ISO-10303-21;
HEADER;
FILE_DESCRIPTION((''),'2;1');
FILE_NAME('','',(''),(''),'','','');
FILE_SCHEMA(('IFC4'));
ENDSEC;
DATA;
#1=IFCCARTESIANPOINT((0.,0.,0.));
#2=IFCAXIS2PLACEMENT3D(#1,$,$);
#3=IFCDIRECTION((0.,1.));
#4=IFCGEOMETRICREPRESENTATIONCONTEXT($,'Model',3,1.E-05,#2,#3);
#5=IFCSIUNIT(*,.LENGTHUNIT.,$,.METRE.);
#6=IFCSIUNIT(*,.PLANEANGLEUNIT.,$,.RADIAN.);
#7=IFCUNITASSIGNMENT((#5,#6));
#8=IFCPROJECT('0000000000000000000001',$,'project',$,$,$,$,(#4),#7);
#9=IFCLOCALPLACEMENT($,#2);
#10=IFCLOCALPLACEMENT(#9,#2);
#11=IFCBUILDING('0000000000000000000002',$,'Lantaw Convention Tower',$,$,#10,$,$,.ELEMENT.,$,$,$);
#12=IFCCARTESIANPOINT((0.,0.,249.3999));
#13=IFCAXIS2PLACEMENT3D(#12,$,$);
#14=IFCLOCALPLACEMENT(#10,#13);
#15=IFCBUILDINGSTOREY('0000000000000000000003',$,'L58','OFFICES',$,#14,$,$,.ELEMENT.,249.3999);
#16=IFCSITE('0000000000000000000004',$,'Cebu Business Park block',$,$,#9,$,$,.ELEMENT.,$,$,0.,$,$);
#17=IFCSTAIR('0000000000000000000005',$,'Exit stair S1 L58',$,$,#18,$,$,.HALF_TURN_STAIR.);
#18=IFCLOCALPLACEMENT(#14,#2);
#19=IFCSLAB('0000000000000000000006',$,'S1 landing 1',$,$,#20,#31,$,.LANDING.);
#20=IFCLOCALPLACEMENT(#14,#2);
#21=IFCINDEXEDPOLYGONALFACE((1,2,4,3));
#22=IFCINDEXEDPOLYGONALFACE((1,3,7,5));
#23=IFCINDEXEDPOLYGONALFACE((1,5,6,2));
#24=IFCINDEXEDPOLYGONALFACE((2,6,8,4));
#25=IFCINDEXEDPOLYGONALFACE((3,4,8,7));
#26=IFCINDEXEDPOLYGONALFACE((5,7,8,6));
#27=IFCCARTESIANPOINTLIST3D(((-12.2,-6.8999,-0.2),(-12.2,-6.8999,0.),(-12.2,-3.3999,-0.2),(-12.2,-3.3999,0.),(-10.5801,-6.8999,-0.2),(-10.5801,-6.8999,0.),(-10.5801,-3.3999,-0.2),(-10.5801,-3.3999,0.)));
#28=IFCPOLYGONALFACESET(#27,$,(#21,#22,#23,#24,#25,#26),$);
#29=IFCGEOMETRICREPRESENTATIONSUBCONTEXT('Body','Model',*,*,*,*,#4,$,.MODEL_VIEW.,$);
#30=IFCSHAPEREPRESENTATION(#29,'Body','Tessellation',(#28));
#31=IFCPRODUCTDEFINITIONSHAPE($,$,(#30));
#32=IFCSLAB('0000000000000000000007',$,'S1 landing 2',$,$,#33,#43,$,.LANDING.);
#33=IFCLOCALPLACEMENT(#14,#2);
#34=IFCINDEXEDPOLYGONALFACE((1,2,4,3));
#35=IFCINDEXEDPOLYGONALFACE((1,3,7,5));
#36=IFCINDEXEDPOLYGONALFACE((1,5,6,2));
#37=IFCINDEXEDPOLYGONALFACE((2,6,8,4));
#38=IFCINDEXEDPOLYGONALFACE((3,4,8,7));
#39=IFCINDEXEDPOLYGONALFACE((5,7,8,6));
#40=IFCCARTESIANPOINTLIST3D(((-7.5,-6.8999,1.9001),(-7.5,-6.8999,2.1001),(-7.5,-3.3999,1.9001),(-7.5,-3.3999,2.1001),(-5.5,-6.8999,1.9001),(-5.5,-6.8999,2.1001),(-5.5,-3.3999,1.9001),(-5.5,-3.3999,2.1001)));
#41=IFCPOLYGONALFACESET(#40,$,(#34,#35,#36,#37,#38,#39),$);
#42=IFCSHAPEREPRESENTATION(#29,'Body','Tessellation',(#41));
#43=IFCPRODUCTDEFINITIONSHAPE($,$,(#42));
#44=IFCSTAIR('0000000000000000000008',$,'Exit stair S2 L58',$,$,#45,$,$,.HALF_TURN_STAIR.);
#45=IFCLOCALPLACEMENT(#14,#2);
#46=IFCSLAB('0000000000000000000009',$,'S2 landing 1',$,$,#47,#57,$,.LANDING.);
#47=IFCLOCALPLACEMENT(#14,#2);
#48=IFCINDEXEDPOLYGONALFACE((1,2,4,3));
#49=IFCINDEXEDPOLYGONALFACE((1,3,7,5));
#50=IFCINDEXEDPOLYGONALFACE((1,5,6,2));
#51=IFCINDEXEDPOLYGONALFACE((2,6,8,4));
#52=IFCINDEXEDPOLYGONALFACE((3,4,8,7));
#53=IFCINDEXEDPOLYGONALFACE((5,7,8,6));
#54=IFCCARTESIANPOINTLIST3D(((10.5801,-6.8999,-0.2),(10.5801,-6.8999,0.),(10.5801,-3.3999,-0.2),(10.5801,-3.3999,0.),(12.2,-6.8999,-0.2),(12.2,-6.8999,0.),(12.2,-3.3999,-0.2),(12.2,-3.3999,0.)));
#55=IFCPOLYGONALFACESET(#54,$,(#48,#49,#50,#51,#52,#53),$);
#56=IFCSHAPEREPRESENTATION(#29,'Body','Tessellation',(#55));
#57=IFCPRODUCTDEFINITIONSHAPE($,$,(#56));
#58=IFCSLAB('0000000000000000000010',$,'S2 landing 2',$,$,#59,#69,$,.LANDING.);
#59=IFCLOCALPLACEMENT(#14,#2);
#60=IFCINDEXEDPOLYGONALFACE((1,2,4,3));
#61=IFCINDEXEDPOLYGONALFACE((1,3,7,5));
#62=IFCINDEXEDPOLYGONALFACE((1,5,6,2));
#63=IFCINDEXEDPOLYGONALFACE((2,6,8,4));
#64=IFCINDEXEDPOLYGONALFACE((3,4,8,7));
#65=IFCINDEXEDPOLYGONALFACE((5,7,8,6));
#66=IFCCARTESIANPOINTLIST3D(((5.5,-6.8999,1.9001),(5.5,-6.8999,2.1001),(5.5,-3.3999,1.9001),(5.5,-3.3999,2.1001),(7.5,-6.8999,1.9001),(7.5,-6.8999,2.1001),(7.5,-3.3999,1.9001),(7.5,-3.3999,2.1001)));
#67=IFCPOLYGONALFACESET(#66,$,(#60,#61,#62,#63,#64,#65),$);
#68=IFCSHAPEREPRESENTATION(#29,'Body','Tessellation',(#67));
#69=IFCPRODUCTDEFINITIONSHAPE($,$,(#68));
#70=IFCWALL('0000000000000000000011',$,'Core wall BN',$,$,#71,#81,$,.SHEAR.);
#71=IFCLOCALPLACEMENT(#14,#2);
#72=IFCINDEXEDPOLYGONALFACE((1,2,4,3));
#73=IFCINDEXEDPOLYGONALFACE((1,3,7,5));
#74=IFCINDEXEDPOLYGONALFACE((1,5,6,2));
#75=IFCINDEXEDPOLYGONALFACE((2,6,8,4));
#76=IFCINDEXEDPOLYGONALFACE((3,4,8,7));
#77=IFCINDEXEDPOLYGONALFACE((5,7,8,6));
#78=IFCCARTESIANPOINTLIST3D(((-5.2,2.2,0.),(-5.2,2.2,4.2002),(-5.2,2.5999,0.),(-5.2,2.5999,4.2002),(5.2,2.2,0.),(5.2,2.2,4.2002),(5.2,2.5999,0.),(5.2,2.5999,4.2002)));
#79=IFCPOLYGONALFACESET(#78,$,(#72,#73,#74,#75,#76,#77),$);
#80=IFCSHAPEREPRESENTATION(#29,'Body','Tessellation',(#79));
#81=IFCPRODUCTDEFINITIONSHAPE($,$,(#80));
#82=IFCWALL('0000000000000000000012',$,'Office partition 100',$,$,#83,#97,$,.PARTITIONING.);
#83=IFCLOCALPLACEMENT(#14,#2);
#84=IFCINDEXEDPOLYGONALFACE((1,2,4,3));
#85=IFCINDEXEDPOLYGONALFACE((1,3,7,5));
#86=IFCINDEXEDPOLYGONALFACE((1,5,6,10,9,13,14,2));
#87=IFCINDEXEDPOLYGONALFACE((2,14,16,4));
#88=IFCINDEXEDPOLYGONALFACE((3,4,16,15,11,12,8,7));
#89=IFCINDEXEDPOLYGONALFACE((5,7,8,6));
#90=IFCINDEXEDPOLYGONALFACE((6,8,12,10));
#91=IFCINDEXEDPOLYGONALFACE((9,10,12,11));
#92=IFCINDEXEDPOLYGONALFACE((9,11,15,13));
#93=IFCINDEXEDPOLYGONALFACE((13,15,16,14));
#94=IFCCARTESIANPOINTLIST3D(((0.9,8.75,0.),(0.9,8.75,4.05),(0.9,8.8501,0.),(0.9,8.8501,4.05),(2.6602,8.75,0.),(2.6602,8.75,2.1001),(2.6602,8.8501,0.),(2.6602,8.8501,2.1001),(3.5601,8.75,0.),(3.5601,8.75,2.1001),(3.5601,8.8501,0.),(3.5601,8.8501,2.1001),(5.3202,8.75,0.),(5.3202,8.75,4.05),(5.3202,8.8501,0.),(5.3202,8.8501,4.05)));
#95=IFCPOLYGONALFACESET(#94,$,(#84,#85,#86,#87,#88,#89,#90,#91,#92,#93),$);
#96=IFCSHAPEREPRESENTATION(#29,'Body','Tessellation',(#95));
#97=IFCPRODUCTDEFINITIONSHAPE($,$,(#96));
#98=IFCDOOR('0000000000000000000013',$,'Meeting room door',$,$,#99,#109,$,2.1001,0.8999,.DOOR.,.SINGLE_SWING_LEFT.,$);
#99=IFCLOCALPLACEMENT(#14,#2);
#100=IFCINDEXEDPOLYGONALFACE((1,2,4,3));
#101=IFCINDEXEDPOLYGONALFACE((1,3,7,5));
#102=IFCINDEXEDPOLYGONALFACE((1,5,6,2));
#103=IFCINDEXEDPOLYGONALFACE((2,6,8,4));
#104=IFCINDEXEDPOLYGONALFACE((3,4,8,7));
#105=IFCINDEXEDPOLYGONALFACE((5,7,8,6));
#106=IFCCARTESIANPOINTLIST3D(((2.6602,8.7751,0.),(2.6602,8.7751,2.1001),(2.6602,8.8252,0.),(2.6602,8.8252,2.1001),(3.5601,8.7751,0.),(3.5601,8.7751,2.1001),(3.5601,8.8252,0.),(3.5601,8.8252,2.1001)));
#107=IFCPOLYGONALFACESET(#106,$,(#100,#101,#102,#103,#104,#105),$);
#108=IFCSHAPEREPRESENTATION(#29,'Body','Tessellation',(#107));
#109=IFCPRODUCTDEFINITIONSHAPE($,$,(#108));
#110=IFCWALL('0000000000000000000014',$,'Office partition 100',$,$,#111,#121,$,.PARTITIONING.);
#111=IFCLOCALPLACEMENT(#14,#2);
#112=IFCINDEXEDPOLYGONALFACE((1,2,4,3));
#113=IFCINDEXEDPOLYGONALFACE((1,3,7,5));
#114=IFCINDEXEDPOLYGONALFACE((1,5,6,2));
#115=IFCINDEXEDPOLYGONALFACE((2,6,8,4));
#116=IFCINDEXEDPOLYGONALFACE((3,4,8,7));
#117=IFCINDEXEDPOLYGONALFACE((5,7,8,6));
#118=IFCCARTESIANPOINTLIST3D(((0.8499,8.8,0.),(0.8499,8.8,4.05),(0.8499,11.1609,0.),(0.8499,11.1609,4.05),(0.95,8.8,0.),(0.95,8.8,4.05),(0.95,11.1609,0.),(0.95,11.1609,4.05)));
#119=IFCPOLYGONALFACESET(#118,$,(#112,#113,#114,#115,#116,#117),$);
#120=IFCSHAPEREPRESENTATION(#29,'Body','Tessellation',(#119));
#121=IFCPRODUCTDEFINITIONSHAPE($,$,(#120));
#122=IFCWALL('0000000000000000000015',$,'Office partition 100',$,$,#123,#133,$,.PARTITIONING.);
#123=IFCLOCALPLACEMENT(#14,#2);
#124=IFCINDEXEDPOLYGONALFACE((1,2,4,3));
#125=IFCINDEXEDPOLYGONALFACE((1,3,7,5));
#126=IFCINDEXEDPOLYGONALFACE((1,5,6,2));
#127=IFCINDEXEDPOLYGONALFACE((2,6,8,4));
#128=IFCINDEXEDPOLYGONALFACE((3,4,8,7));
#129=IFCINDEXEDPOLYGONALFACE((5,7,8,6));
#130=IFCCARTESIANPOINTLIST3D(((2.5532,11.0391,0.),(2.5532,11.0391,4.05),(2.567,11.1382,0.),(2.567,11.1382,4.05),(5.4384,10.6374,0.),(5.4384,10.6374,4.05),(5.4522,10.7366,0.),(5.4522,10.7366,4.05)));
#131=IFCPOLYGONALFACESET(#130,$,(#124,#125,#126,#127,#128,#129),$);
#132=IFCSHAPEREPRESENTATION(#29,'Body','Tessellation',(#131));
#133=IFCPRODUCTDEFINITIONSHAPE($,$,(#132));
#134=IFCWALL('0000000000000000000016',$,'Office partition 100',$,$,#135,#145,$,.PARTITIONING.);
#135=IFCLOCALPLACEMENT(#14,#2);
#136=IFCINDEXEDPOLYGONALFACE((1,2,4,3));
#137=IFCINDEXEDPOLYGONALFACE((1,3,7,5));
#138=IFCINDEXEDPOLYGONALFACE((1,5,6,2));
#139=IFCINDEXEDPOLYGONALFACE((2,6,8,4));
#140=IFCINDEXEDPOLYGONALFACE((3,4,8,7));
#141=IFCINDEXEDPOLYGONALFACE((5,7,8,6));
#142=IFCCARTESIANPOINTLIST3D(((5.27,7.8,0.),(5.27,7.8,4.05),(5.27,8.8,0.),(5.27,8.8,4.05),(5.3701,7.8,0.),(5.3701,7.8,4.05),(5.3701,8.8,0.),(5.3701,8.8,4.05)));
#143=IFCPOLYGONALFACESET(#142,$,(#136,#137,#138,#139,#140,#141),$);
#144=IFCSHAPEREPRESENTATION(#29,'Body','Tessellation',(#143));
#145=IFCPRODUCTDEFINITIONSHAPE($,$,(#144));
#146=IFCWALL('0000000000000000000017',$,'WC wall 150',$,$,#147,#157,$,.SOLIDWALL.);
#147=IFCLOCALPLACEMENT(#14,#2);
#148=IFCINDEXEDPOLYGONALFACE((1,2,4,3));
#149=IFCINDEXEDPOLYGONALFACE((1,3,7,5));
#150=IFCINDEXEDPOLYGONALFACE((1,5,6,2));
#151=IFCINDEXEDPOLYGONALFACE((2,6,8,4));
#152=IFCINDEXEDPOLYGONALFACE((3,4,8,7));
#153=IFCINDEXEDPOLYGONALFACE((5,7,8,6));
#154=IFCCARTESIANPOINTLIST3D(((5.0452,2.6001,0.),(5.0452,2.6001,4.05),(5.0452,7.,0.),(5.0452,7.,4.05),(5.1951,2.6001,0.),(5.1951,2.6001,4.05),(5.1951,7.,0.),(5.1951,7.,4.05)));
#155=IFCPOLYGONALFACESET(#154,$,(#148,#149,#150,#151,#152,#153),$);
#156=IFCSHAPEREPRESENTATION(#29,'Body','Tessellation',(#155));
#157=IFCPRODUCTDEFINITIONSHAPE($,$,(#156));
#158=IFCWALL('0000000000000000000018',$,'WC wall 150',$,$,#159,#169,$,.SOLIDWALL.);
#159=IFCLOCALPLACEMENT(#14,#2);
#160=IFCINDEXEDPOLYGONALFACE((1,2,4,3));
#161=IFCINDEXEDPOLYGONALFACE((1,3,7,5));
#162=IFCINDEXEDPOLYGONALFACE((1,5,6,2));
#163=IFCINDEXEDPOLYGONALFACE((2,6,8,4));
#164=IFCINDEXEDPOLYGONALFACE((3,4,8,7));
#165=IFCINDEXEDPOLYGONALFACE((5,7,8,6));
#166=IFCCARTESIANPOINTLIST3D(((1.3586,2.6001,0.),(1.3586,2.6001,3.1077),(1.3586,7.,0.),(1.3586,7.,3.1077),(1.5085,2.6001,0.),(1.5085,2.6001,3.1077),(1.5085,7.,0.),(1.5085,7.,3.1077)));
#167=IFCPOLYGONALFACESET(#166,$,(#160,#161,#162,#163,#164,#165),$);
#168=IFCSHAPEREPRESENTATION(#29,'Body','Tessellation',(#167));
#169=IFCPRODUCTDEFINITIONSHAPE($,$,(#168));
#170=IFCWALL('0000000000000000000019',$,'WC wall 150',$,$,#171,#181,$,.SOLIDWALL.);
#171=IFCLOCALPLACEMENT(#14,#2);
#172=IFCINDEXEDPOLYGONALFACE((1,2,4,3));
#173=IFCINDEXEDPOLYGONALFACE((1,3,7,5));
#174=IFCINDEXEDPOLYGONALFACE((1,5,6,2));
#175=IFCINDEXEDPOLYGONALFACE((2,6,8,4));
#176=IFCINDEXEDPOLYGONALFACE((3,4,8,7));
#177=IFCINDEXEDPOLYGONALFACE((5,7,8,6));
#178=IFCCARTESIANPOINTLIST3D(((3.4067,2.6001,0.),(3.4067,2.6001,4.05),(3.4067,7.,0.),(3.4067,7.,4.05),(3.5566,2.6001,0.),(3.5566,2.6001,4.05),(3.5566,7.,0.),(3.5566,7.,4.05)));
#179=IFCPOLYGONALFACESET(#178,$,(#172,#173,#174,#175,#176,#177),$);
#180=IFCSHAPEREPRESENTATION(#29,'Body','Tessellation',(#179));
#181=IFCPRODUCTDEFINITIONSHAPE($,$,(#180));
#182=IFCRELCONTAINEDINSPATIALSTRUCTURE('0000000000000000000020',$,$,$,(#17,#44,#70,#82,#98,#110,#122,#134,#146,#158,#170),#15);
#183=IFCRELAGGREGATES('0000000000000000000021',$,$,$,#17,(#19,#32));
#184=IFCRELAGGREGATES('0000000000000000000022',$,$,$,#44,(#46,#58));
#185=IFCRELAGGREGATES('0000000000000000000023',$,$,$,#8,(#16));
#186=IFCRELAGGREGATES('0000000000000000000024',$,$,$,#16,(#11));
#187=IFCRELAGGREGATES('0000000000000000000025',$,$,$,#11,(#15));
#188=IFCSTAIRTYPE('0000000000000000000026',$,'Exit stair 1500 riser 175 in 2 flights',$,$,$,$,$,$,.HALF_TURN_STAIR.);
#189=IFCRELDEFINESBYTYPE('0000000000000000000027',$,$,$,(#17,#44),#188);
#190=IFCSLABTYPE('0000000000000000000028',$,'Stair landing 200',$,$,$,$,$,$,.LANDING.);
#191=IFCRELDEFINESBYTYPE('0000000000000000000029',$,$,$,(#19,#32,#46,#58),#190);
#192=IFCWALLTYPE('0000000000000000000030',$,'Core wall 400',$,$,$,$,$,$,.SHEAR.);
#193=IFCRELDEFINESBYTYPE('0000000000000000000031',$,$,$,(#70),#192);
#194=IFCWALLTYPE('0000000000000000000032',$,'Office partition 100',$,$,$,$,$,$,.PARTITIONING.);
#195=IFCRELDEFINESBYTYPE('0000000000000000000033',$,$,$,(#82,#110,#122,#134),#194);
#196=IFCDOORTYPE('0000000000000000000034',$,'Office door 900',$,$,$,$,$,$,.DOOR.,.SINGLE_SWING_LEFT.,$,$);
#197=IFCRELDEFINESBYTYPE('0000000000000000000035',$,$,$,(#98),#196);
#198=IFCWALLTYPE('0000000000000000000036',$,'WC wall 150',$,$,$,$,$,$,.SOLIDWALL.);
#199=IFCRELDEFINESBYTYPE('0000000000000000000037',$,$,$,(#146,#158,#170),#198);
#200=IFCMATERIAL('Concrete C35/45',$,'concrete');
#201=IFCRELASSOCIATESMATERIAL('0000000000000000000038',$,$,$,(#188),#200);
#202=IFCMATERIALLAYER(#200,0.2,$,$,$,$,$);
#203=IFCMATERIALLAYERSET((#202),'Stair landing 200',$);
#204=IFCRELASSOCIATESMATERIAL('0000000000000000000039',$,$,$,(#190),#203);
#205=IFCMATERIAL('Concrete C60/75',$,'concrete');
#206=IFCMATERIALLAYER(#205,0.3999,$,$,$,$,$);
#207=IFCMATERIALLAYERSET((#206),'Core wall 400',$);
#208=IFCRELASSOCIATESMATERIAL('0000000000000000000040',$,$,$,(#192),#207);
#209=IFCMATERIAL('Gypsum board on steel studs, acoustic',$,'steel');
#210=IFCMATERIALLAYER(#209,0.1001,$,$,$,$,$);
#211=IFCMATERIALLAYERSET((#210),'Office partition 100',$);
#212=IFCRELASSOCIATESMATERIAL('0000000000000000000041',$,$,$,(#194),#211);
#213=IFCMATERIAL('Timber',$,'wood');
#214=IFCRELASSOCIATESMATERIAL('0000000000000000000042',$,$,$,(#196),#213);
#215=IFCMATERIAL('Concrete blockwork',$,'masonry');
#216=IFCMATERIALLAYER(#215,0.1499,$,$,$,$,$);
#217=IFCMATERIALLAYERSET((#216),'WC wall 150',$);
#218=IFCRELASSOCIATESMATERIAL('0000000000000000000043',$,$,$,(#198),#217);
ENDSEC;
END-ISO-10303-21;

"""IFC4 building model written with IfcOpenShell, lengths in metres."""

from ifc_helpers import new_model, si_unit, direction, frame, frame_2d, origin, place, context, subcontext, project, spatial, polyline, rectangle, outline, extrude, material, layer, layer_set, type_object, element, fill, aggregate, save


model = new_model("IFC4")

# Units and contexts
model_context = context("Model", 3, precision=1e-05, world=origin(), true_north=direction((0.0, 1.0)))
body_context = subcontext(model_context, "Body", "Model", "MODEL_VIEW")
ifc_project = project(units=[si_unit("LENGTHUNIT", "METRE"), si_unit("PLANEANGLEUNIT", "RADIAN")], contexts=[model_context])

# Site, building, storey
site_placement = place(None, origin())
site = spatial("IfcSite", under=ifc_project, at=site_placement, Name="Cebu Business Park block", CompositionType="ELEMENT", RefElevation=0.0)
building_placement = place(site_placement, origin())
building = spatial("IfcBuilding", under=site, at=building_placement, Name="Lantaw Convention Tower", CompositionType="ELEMENT")
storey_placement = place(building_placement, frame((0.0, 0.0, 249.3999)))
storey = spatial("IfcBuildingStorey", under=building, at=storey_placement, Name="L58", Description="OFFICES", CompositionType="ELEMENT", Elevation=249.3999)

# Stairs, slabs
ifc_material_1 = material(Name="Concrete C35/45", Category="concrete")
stair_type = type_object("IfcStairType", Name="Exit stair 1500 riser 175 in 2 flights", PredefinedType="HALF_TURN_STAIR", material=ifc_material_1)
stair_1_placement = place(storey_placement, origin())
stair_1 = element("IfcStair", 1, at=stair_1_placement, inside=storey, type_object=stair_type, Name="Exit stair S1 L58", PredefinedType="HALF_TURN_STAIR")
ifc_layer_1 = layer(ifc_material_1, 0.2)
ifc_layer_set_1 = layer_set([ifc_layer_1], Name="Stair landing 200")
slab_type = type_object("IfcSlabType", Name="Stair landing 200", PredefinedType="LANDING", material=ifc_layer_set_1)
slab_1_placement = place(storey_placement, frame((0.0, 0.0, -0.2)))
slab_1 = element("IfcSlab", 2, at=slab_1_placement, type_object=slab_type, Name="S1 landing 1", PredefinedType="LANDING", context=body_context, shape_type="SweptSolid", body=[
    extrude(outline(polyline([(-12.2, -6.8999), (-10.5801, -6.8999), (-10.5801, -3.3999), (-12.2, -3.3999), (-12.2, -6.8999)])), origin(), (0.0, 0.0, 1.0), 0.2),
])
slab_2_placement = place(storey_placement, frame((0.0, 0.0, 1.9001)))
slab_2 = element("IfcSlab", 3, at=slab_2_placement, type_object=slab_type, Name="S1 landing 2", PredefinedType="LANDING", context=body_context, shape_type="SweptSolid", body=[
    extrude(outline(polyline([(-7.5, -6.8999), (-5.5, -6.8999), (-5.5, -3.3999), (-7.5, -3.3999), (-7.5, -6.8999)])), origin(), (0.0, 0.0, 1.0), 0.2),
])
aggregate(stair_1, [slab_1, slab_2])
stair_2_placement = place(storey_placement, origin())
stair_2 = element("IfcStair", 4, at=stair_2_placement, inside=storey, type_object=stair_type, Name="Exit stair S2 L58", PredefinedType="HALF_TURN_STAIR")
slab_3_placement = place(storey_placement, frame((0.0, 0.0, -0.2)))
slab_3 = element("IfcSlab", 5, at=slab_3_placement, type_object=slab_type, Name="S2 landing 1", PredefinedType="LANDING", context=body_context, shape_type="SweptSolid", body=[
    extrude(outline(polyline([(10.5801, -6.8999), (12.2, -6.8999), (12.2, -3.3999), (10.5801, -3.3999), (10.5801, -6.8999)])), origin(), (0.0, 0.0, 1.0), 0.2),
])
slab_4_placement = place(storey_placement, frame((0.0, 0.0, 1.9001)))
slab_4 = element("IfcSlab", 6, at=slab_4_placement, type_object=slab_type, Name="S2 landing 2", PredefinedType="LANDING", context=body_context, shape_type="SweptSolid", body=[
    extrude(outline(polyline([(5.5, -6.8999), (7.5, -6.8999), (7.5, -3.3999), (5.5, -3.3999), (5.5, -6.8999)])), origin(), (0.0, 0.0, 1.0), 0.2),
])
aggregate(stair_2, [slab_3, slab_4])

# Wall
ifc_material_2 = material(Name="Concrete C60/75", Category="concrete")
ifc_layer_2 = layer(ifc_material_2, 0.3999)
ifc_layer_set_2 = layer_set([ifc_layer_2], Name="Core wall 400")
wall_type_1 = type_object("IfcWallType", Name="Core wall 400", PredefinedType="SHEAR", material=ifc_layer_set_2)
wall_1_placement = place(storey_placement, frame((5.2, 2.3999, 0.0), z_axis=(0.0, 0.0, 1.0), x_axis=(-1.0, 0.0, 0.0)))
element("IfcWall", 7, at=wall_1_placement, inside=storey, type_object=wall_type_1, Name="Core wall BN", PredefinedType="SHEAR", context=body_context, shape_type="SweptSolid", body=[
    extrude(rectangle(XDim=10.3999, YDim=0.3999, at=frame_2d((5.2, 0.0))), origin(), (0.0, 0.0, 1.0), 4.2002),
])

# Wall, opening, door
ifc_material_3 = material(Name="Gypsum board on steel studs, acoustic", Category="steel")
ifc_layer_3 = layer(ifc_material_3, 0.1001)
ifc_layer_set_3 = layer_set([ifc_layer_3], Name="Office partition 100")
wall_type_2 = type_object("IfcWallType", Name="Office partition 100", PredefinedType="PARTITIONING", material=ifc_layer_set_3)
wall_2_placement = place(storey_placement, frame((5.3201, 8.8, 0.0), z_axis=(0.0, 0.0, 1.0), x_axis=(-1.0, 0.0, 0.0)))
wall_2 = element("IfcWall", 8, at=wall_2_placement, inside=storey, type_object=wall_type_2, Name="Office partition 100", PredefinedType="PARTITIONING", context=body_context, shape_type="SweptSolid", body=[
    extrude(rectangle(XDim=4.4202, YDim=0.1001, at=frame_2d((2.21, 0.0))), origin(), (0.0, 0.0, 1.0), 4.05),
])
opening_placement = place(wall_2_placement, frame((1.76, 0.0, 0.0)))
opening = element("IfcOpeningElement", 9, at=opening_placement, cuts=wall_2, PredefinedType="OPENING", context=body_context, shape_type="SweptSolid", body=[
    extrude(rectangle(XDim=0.8999, YDim=2.1001, at=frame_2d((0.45, 1.05))), frame((0.0, 0.0601, 0.0), z_axis=(0.0, -1.0, 0.0), x_axis=(1.0, 0.0, 0.0)), (0.0, 0.0, 1.0), 0.1201),
])
ifc_material_4 = material(Name="Timber", Category="wood")
door_type = type_object("IfcDoorType", Name="Office door 900", OperationType="SINGLE_SWING_LEFT", PredefinedType="DOOR", material=ifc_material_4)
door_placement = place(opening_placement, origin())
door = element("IfcDoor", 10, at=door_placement, inside=storey, type_object=door_type, Name="Meeting room door", OperationType="SINGLE_SWING_LEFT", OverallHeight=2.1001, OverallWidth=0.8999, PredefinedType="DOOR", context=body_context, shape_type="SweptSolid", body=[
    extrude(rectangle(XDim=0.8999, YDim=2.1001, at=frame_2d((0.45, 1.05))), frame((0.0, 0.0249, 0.0), z_axis=(0.0, -1.0, 0.0), x_axis=(1.0, 0.0, 0.0)), (0.0, 0.0, 1.0), 0.05),
])
fill(opening, door)

# Walls
wall_3_placement = place(storey_placement, frame((0.8999, 8.8, 0.0), z_axis=(0.0, 0.0, 1.0), x_axis=(0.0, 1.0, 0.0)))
element("IfcWall", 11, at=wall_3_placement, inside=storey, type_object=wall_type_2, Name="Office partition 100", PredefinedType="PARTITIONING", context=body_context, shape_type="SweptSolid", body=[
    extrude(rectangle(XDim=2.3608, YDim=0.1001, at=frame_2d((1.1804, 0.0))), origin(), (0.0, 0.0, 1.0), 4.05),
])
wall_4_placement = place(storey_placement, frame((2.5601, 11.0886, 0.0), z_axis=(0.0, 0.0, 1.0), x_axis=(0.990451, -0.137865, 0.0)))
element("IfcWall", 12, at=wall_4_placement, inside=storey, type_object=wall_type_2, Name="Office partition 100", PredefinedType="PARTITIONING", context=body_context, shape_type="SweptSolid", body=[
    extrude(rectangle(XDim=2.9131, YDim=0.1001, at=frame_2d((1.4565, 0.0))), origin(), (0.0, 0.0, 1.0), 4.05),
])
wall_5_placement = place(storey_placement, frame((5.3201, 7.8, 0.0), z_axis=(0.0, 0.0, 1.0), x_axis=(0.0, 1.0, 0.0)))
element("IfcWall", 13, at=wall_5_placement, inside=storey, type_object=wall_type_2, Name="Office partition 100", PredefinedType="PARTITIONING", context=body_context, shape_type="SweptSolid", body=[
    extrude(rectangle(XDim=1.0, YDim=0.1001, at=frame_2d((0.5, 0.0))), origin(), (0.0, 0.0, 1.0), 4.05),
])
ifc_material_5 = material(Name="Concrete blockwork", Category="masonry")
ifc_layer_4 = layer(ifc_material_5, 0.1499)
ifc_layer_set_4 = layer_set([ifc_layer_4], Name="WC wall 150")
wall_type_3 = type_object("IfcWallType", Name="WC wall 150", PredefinedType="SOLIDWALL", material=ifc_layer_set_4)
wall_6_placement = place(storey_placement, frame((5.1201, 2.6001, 0.0), z_axis=(0.0, 0.0, 1.0), x_axis=(0.0, 1.0, 0.0)))
element("IfcWall", 14, at=wall_6_placement, inside=storey, type_object=wall_type_3, Name="WC wall 150", PredefinedType="SOLIDWALL", context=body_context, shape_type="SweptSolid", body=[
    extrude(rectangle(XDim=4.3999, YDim=0.1499, at=frame_2d((2.2, 0.0))), origin(), (0.0, 0.0, 1.0), 4.05),
])
wall_7_placement = place(storey_placement, frame((1.4336, 2.6001, 0.0), z_axis=(0.0, 0.0, 1.0), x_axis=(0.0, 1.0, 0.0)))
element("IfcWall", 15, at=wall_7_placement, inside=storey, type_object=wall_type_3, Name="WC wall 150", PredefinedType="SOLIDWALL", context=body_context, shape_type="SweptSolid", body=[
    extrude(rectangle(XDim=4.3999, YDim=0.1499, at=frame_2d((2.2, 0.0))), origin(), (0.0, 0.0, 1.0), 3.1077),
])
wall_8_placement = place(storey_placement, frame((3.4817, 2.6001, 0.0), z_axis=(0.0, 0.0, 1.0), x_axis=(0.0, 1.0, 0.0)))
element("IfcWall", 16, at=wall_8_placement, inside=storey, type_object=wall_type_3, Name="WC wall 150", PredefinedType="SOLIDWALL", context=body_context, shape_type="SweptSolid", body=[
    extrude(rectangle(XDim=4.3999, YDim=0.1499, at=frame_2d((2.2, 0.0))), origin(), (0.0, 0.0, 1.0), 4.05),
])

save(model, "model.ifc")
